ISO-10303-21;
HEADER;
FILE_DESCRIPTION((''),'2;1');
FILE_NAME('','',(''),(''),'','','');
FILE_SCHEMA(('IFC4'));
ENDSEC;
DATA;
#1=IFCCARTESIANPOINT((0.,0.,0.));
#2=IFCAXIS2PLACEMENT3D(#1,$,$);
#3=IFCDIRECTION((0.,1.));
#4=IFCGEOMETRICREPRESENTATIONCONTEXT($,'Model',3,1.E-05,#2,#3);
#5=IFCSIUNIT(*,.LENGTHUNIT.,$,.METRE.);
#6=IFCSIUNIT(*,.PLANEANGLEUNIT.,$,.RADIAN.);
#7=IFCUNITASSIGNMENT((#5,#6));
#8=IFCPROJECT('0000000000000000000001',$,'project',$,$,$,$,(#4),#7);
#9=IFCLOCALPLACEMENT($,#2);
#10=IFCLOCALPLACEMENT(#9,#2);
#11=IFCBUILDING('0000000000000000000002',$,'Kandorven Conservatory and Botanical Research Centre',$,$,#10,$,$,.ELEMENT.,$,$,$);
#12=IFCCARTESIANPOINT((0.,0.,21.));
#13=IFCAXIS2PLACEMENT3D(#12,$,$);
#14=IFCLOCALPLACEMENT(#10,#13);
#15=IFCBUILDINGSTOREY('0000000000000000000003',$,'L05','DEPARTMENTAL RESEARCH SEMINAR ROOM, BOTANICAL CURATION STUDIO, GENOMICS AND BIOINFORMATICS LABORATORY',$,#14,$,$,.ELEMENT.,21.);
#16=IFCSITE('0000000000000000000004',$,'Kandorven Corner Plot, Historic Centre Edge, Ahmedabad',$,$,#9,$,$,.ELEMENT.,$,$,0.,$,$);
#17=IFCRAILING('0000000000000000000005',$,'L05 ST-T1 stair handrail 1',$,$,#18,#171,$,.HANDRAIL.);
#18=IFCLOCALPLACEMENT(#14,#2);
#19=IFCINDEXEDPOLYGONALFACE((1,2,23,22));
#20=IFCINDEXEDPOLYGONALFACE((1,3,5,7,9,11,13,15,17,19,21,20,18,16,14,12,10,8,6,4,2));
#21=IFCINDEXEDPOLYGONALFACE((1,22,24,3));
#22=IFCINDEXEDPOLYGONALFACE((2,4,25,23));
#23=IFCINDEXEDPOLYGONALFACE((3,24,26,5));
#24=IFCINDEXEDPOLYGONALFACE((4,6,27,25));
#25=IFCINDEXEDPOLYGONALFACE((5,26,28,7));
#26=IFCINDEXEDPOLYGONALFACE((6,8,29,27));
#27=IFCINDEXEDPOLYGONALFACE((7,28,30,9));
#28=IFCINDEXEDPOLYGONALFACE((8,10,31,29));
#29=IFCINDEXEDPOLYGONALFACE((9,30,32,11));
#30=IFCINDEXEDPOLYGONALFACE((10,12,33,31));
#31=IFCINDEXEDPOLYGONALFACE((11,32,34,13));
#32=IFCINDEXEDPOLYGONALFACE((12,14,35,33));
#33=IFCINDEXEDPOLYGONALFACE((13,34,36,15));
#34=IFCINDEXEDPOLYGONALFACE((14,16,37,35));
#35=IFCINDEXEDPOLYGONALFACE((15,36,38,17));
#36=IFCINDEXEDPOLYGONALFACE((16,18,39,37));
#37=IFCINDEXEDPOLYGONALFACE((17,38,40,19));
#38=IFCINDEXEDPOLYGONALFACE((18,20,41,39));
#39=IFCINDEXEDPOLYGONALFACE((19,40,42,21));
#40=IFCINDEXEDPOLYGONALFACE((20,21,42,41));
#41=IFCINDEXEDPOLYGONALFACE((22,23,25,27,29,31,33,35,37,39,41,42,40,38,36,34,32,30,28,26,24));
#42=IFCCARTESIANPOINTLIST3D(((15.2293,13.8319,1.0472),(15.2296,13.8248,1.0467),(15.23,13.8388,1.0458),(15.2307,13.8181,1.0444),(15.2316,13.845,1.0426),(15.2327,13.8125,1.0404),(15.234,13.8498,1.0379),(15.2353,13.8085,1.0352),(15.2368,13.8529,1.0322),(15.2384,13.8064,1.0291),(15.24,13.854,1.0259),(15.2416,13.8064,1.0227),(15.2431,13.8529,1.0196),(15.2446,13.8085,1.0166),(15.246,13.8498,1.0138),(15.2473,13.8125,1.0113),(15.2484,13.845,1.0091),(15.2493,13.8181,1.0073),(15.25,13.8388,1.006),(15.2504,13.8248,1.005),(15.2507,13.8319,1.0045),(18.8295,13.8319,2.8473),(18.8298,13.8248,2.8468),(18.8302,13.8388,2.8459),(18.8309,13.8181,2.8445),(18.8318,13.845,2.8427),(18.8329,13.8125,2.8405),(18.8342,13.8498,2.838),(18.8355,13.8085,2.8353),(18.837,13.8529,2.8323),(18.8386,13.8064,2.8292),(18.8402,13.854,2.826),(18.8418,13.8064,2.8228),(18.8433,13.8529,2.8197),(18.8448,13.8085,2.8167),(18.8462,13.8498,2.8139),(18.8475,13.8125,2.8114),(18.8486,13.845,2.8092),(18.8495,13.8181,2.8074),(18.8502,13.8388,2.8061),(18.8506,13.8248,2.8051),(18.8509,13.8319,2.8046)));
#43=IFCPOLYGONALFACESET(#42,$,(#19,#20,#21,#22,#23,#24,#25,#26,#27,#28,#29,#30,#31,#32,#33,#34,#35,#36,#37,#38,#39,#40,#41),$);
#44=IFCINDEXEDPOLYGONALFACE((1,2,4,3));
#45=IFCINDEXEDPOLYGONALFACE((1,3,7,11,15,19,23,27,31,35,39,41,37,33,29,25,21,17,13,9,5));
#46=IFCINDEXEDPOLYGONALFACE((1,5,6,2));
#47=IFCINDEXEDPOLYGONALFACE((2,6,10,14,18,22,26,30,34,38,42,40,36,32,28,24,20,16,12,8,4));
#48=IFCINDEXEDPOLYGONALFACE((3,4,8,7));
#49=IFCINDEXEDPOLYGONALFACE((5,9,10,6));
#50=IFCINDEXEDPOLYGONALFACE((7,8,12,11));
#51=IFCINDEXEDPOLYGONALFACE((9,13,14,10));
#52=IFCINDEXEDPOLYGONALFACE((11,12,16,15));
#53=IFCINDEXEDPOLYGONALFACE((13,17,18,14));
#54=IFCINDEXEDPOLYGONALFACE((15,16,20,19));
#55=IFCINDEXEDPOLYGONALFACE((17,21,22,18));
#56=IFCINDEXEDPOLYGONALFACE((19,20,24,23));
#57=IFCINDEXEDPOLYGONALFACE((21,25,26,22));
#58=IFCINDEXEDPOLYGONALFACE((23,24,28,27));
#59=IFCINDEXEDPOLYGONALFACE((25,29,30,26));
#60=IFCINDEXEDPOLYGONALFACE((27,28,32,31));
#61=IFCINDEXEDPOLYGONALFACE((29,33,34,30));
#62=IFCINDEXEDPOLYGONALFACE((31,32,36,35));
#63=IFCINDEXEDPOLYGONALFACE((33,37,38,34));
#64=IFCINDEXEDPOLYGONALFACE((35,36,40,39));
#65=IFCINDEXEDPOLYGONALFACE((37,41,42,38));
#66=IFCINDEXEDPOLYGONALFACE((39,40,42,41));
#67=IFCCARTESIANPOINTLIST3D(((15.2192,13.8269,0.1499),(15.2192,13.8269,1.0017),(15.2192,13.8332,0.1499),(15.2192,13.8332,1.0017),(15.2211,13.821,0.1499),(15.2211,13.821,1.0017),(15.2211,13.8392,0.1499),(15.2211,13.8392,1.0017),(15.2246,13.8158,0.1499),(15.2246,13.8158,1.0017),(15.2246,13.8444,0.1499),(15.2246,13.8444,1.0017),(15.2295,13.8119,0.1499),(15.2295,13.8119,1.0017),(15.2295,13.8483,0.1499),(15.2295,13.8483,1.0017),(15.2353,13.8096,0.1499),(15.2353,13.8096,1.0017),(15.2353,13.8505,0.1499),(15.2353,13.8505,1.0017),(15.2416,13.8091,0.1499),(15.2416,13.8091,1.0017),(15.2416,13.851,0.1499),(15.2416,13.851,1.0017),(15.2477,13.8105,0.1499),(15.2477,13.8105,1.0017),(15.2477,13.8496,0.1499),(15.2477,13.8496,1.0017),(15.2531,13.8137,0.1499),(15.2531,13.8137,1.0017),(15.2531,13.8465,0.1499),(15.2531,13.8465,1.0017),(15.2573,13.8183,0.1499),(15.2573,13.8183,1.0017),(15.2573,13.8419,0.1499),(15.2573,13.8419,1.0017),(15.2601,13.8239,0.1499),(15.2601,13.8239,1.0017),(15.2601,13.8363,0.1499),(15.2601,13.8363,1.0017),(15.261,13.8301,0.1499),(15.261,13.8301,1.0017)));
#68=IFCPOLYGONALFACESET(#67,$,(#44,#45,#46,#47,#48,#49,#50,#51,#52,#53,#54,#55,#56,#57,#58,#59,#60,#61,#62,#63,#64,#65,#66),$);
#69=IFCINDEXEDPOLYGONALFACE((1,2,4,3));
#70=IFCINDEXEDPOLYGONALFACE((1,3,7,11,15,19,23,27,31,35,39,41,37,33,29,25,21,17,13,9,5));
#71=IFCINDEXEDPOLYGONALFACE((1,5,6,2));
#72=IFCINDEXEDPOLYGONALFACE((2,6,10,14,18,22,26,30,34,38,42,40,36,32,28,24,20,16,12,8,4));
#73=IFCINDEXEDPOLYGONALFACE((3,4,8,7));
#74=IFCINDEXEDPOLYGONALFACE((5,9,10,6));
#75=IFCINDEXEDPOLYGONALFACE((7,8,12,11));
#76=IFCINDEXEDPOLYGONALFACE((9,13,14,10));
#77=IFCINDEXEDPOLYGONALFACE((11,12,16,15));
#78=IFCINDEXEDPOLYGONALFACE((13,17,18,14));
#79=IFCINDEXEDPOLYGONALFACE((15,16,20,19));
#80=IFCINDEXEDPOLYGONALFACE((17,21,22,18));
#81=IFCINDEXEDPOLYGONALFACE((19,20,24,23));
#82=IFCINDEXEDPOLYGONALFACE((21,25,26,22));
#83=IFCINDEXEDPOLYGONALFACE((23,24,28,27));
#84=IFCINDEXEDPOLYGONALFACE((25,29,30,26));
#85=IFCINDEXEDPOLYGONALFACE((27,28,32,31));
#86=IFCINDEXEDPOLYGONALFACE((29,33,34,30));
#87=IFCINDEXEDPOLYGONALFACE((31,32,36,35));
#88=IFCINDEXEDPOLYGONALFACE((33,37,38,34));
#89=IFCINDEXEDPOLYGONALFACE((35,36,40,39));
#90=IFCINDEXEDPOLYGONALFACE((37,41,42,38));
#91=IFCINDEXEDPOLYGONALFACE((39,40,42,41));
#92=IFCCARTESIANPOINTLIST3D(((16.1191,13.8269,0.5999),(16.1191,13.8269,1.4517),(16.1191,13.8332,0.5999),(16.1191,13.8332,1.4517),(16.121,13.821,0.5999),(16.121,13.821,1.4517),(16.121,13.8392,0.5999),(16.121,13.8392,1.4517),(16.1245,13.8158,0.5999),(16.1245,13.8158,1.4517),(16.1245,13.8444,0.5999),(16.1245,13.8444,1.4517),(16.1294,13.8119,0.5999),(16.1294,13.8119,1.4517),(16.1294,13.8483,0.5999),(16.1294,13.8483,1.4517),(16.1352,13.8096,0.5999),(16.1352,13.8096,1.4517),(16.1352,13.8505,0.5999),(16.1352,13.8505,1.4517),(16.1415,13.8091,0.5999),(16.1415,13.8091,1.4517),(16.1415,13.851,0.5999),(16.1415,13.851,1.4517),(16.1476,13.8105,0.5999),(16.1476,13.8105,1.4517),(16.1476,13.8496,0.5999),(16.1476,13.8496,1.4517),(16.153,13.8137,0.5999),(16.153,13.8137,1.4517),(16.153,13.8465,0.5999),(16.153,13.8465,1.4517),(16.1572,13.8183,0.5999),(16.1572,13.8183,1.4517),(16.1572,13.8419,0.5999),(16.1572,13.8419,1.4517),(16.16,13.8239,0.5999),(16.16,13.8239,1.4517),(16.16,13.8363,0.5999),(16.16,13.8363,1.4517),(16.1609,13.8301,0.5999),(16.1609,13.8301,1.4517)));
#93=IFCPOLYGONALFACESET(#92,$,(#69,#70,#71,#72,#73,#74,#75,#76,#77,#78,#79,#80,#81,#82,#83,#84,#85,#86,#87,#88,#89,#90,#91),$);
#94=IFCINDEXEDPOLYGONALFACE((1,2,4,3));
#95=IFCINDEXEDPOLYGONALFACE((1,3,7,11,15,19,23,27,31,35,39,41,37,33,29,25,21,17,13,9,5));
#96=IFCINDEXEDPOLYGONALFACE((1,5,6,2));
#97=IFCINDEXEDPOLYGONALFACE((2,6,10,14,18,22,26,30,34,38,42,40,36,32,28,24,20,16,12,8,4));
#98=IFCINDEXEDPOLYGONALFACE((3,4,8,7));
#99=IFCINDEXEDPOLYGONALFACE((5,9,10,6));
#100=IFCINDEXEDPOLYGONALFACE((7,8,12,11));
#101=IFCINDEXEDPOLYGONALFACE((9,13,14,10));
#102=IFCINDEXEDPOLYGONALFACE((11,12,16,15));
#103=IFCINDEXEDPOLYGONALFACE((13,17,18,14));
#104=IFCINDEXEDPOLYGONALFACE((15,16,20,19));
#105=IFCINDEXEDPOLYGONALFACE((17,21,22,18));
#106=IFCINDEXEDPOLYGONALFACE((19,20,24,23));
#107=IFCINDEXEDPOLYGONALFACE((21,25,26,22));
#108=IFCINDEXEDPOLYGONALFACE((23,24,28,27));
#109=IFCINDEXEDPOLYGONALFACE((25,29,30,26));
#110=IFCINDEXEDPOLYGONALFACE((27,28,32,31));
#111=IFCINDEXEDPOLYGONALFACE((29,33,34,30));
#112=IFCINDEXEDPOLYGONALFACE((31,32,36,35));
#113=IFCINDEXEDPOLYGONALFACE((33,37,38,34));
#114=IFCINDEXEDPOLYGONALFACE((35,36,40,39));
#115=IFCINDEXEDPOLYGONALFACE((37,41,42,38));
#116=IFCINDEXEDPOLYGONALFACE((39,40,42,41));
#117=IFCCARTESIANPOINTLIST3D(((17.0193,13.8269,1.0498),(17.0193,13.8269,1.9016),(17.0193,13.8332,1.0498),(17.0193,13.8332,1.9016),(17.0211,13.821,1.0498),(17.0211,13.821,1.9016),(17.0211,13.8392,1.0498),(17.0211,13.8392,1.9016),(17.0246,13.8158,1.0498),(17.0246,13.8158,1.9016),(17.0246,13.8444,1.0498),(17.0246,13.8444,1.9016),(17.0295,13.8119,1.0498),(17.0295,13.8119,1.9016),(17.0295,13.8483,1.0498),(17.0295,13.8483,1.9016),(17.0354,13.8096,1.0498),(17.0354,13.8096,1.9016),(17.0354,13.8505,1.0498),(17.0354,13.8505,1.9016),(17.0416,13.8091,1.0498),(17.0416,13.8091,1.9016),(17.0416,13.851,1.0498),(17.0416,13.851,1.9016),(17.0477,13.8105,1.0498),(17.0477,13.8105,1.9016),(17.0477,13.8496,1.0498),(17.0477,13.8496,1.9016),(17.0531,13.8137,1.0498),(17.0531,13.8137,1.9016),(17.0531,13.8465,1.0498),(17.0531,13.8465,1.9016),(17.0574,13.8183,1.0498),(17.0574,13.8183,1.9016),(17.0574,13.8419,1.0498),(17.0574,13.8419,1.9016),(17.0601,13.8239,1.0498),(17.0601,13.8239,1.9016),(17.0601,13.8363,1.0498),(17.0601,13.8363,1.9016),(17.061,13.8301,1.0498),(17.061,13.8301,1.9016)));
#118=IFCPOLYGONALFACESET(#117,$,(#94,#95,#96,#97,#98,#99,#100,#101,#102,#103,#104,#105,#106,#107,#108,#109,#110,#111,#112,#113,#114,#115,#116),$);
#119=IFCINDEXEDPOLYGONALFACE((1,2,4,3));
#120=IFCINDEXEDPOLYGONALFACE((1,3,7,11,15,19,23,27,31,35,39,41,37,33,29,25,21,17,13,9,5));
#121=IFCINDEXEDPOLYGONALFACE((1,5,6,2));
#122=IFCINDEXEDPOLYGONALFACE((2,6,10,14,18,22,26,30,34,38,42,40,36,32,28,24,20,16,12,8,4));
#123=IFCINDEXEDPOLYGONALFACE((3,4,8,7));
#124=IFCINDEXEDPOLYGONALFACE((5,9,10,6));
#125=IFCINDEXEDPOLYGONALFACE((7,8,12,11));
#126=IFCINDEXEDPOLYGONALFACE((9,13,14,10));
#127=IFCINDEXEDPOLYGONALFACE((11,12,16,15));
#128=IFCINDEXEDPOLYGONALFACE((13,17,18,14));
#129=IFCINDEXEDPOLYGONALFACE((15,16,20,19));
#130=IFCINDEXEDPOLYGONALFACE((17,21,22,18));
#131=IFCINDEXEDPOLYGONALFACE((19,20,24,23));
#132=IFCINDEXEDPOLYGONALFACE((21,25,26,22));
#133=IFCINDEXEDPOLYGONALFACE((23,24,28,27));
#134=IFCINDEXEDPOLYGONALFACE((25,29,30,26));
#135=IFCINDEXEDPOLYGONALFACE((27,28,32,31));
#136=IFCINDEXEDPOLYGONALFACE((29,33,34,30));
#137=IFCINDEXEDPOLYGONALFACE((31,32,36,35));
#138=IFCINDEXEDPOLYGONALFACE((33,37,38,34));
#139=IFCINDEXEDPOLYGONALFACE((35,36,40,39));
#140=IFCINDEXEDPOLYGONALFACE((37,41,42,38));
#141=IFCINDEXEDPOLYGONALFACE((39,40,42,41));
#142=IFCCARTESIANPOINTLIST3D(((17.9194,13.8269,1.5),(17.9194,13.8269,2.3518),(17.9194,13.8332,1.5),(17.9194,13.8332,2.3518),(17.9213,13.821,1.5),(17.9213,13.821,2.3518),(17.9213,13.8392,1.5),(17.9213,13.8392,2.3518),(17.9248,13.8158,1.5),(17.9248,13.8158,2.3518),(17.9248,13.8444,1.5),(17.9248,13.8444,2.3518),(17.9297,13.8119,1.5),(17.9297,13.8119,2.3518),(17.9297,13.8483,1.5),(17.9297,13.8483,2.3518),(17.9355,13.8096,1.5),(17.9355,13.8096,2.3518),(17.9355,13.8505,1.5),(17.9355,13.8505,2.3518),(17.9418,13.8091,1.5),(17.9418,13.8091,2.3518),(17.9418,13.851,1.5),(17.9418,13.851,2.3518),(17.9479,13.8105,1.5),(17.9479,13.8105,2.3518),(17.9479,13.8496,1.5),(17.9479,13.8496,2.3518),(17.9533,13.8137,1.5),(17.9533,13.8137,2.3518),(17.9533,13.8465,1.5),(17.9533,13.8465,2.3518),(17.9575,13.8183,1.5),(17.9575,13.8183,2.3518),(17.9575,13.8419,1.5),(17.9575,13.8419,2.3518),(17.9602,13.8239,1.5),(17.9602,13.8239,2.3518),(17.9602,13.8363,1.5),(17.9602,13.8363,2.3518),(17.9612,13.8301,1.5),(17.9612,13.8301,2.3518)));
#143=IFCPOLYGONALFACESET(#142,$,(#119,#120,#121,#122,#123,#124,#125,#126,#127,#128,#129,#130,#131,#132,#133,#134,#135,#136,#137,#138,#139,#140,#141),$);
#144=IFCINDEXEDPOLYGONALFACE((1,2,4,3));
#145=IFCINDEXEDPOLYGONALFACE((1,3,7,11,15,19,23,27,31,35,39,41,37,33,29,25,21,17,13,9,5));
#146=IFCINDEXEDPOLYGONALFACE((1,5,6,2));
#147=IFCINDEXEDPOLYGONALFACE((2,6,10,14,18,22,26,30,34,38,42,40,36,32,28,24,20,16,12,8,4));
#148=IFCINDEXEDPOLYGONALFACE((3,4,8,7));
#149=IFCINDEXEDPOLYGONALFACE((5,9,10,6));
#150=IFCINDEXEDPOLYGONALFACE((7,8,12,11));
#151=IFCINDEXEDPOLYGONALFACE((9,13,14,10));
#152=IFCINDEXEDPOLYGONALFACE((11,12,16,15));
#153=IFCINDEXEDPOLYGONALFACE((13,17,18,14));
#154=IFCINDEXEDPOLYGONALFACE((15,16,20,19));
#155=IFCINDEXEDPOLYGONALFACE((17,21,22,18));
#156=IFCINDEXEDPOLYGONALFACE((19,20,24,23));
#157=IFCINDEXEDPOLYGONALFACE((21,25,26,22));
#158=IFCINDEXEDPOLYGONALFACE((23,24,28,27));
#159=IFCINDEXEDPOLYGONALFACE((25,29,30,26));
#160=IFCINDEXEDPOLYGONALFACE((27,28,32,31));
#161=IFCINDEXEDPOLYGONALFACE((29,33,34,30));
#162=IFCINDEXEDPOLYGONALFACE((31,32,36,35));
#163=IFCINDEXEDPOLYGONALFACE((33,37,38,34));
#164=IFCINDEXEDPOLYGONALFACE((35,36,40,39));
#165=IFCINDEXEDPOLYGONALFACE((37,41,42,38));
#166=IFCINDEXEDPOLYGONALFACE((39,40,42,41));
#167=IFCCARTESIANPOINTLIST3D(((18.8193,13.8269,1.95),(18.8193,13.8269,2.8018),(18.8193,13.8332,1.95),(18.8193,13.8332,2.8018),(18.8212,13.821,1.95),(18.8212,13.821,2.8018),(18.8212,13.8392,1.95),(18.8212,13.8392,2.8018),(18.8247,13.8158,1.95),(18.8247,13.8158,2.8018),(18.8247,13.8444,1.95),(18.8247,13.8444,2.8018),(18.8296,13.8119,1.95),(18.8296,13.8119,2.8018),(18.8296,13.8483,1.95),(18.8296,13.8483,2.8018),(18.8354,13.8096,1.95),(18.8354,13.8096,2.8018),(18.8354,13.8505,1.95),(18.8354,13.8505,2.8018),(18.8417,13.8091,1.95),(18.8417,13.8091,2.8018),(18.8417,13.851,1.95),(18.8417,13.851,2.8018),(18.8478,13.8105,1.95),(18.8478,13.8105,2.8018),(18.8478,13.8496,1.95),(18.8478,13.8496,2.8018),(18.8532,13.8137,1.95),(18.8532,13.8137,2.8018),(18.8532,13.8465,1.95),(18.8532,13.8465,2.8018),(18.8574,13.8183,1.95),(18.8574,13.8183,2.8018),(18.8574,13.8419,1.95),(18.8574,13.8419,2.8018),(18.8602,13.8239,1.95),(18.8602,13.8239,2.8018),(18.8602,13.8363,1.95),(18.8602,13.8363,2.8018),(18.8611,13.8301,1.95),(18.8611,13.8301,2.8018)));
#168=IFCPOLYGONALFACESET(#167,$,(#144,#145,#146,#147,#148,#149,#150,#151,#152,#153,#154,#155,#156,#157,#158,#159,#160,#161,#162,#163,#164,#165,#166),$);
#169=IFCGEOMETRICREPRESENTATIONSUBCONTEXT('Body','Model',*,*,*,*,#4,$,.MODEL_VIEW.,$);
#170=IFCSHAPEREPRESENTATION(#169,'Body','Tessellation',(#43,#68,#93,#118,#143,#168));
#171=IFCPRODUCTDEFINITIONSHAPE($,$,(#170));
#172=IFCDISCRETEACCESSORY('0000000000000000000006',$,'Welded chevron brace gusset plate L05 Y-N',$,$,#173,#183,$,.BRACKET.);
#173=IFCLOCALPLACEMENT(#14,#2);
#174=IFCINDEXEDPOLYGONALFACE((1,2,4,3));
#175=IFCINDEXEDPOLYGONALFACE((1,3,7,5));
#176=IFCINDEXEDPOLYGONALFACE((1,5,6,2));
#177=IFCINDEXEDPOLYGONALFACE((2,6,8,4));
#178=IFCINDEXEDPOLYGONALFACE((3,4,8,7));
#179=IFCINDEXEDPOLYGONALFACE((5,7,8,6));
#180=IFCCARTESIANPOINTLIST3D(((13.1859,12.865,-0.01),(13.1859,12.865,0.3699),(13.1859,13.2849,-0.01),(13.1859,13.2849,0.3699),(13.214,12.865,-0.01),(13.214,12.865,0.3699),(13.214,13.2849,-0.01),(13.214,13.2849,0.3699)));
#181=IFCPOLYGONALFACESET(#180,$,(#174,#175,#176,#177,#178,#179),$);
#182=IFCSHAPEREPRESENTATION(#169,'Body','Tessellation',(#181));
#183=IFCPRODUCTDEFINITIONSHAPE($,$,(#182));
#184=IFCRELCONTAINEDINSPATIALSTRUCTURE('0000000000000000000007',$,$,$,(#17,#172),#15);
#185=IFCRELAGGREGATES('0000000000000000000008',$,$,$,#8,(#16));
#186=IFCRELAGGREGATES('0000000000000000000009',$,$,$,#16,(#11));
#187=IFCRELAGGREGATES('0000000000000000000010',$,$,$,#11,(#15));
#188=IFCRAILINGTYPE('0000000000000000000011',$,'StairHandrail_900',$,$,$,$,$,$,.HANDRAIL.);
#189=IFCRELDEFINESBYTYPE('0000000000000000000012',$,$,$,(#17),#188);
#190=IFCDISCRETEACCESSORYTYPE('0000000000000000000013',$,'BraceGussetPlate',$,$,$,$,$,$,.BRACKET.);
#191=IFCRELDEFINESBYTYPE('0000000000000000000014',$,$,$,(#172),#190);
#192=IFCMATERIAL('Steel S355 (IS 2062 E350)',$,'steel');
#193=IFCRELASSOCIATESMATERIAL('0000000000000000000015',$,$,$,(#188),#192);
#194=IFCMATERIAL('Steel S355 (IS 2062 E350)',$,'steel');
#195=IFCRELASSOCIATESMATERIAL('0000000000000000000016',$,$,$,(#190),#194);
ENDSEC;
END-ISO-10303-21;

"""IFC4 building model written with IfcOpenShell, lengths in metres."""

from ifc_helpers import new_model, si_unit, direction, frame, origin, origin_2d, place, context, subcontext, project, spatial, rectangle, circle, extrude, material, type_object, element, save


model = new_model("IFC4")

# Units and contexts
model_context = context("Model", 3, precision=1e-05, world=origin(), true_north=direction((0.0, 1.0)))
body_context = subcontext(model_context, "Body", "Model", "MODEL_VIEW")
ifc_project = project(units=[si_unit("LENGTHUNIT", "METRE"), si_unit("PLANEANGLEUNIT", "RADIAN")], contexts=[model_context])

# Site, building, storey
site_placement = place(None, origin())
site = spatial("IfcSite", under=ifc_project, at=site_placement, Name="Kandorven Corner Plot, Historic Centre Edge, Ahmedabad", CompositionType="ELEMENT", RefElevation=0.0)
building_placement = place(site_placement, origin())
building = spatial("IfcBuilding", under=site, at=building_placement, Name="Kandorven Conservatory and Botanical Research Centre", CompositionType="ELEMENT")
storey_placement = place(building_placement, frame((0.0, 0.0, 21.0)))
storey = spatial("IfcBuildingStorey", under=building, at=storey_placement, Name="L05", Description="DEPARTMENTAL RESEARCH SEMINAR ROOM, BOTANICAL CURATION STUDIO, GENOMICS AND BIOINFORMATICS LABORATORY", CompositionType="ELEMENT", Elevation=21.0)

# Railing
ifc_material_1 = material(Name="Steel S355 (IS 2062 E350)", Category="steel")
railing_type_1 = type_object("IfcRailingType", Name="StairHandrail_900", PredefinedType="HANDRAIL", material=ifc_material_1)
railing_1_placement = place(storey_placement, frame((15.24, 13.8301, 0.1499)))
element("IfcRailing", 1, at=railing_1_placement, inside=storey, type_object=railing_type_1, Name="L05 ST-T1 stair handrail 1", PredefinedType="HANDRAIL", context=body_context, shape_type="SweptSolid", body=[
    extrude(circle(Radius=0.0239, at=origin_2d()), frame((0.0, 0.0, 0.876), z_axis=(0.894427, 0.0, 0.447214), x_axis=(0.0, 1.0, 0.0)), (0.0, 0.0, 1.0), 4.0251),
    extrude(circle(Radius=0.021, at=origin_2d()), origin(), (0.0, 0.0, 1.0), 0.8518),
    extrude(circle(Radius=0.021, at=origin_2d()), frame((0.8999, 0.0, 0.45)), (0.0, 0.0, 1.0), 0.8518),
    extrude(circle(Radius=0.021, at=origin_2d()), frame((1.8, 0.0, 0.8999)), (0.0, 0.0, 1.0), 0.8518),
    extrude(circle(Radius=0.021, at=origin_2d()), frame((2.7002, 0.0, 1.3501)), (0.0, 0.0, 1.0), 0.8518),
    extrude(circle(Radius=0.021, at=origin_2d()), frame((3.6001, 0.0, 1.8)), (0.0, 0.0, 1.0), 0.8518),
])

# Discrete accessory
ifc_material_2 = material(Name="Steel S355 (IS 2062 E350)", Category="steel")
discrete_accessory_type = type_object("IfcDiscreteAccessoryType", Name="BraceGussetPlate", PredefinedType="BRACKET", material=ifc_material_2)
discrete_accessory_placement = place(storey_placement, frame((13.2, 13.075, -0.01), z_axis=(0.0, 0.0, 1.0), x_axis=(1.0, 0.0, 0.0)))
element("IfcDiscreteAccessory", 2, at=discrete_accessory_placement, inside=storey, type_object=discrete_accessory_type, Name="Welded chevron brace gusset plate L05 Y-N", PredefinedType="BRACKET", context=body_context, shape_type="SweptSolid", body=[
    extrude(rectangle(XDim=0.0281, YDim=0.4199, at=origin_2d()), origin(), (0.0, 0.0, 1.0), 0.3799),
])

save(model, "model.ifc")
